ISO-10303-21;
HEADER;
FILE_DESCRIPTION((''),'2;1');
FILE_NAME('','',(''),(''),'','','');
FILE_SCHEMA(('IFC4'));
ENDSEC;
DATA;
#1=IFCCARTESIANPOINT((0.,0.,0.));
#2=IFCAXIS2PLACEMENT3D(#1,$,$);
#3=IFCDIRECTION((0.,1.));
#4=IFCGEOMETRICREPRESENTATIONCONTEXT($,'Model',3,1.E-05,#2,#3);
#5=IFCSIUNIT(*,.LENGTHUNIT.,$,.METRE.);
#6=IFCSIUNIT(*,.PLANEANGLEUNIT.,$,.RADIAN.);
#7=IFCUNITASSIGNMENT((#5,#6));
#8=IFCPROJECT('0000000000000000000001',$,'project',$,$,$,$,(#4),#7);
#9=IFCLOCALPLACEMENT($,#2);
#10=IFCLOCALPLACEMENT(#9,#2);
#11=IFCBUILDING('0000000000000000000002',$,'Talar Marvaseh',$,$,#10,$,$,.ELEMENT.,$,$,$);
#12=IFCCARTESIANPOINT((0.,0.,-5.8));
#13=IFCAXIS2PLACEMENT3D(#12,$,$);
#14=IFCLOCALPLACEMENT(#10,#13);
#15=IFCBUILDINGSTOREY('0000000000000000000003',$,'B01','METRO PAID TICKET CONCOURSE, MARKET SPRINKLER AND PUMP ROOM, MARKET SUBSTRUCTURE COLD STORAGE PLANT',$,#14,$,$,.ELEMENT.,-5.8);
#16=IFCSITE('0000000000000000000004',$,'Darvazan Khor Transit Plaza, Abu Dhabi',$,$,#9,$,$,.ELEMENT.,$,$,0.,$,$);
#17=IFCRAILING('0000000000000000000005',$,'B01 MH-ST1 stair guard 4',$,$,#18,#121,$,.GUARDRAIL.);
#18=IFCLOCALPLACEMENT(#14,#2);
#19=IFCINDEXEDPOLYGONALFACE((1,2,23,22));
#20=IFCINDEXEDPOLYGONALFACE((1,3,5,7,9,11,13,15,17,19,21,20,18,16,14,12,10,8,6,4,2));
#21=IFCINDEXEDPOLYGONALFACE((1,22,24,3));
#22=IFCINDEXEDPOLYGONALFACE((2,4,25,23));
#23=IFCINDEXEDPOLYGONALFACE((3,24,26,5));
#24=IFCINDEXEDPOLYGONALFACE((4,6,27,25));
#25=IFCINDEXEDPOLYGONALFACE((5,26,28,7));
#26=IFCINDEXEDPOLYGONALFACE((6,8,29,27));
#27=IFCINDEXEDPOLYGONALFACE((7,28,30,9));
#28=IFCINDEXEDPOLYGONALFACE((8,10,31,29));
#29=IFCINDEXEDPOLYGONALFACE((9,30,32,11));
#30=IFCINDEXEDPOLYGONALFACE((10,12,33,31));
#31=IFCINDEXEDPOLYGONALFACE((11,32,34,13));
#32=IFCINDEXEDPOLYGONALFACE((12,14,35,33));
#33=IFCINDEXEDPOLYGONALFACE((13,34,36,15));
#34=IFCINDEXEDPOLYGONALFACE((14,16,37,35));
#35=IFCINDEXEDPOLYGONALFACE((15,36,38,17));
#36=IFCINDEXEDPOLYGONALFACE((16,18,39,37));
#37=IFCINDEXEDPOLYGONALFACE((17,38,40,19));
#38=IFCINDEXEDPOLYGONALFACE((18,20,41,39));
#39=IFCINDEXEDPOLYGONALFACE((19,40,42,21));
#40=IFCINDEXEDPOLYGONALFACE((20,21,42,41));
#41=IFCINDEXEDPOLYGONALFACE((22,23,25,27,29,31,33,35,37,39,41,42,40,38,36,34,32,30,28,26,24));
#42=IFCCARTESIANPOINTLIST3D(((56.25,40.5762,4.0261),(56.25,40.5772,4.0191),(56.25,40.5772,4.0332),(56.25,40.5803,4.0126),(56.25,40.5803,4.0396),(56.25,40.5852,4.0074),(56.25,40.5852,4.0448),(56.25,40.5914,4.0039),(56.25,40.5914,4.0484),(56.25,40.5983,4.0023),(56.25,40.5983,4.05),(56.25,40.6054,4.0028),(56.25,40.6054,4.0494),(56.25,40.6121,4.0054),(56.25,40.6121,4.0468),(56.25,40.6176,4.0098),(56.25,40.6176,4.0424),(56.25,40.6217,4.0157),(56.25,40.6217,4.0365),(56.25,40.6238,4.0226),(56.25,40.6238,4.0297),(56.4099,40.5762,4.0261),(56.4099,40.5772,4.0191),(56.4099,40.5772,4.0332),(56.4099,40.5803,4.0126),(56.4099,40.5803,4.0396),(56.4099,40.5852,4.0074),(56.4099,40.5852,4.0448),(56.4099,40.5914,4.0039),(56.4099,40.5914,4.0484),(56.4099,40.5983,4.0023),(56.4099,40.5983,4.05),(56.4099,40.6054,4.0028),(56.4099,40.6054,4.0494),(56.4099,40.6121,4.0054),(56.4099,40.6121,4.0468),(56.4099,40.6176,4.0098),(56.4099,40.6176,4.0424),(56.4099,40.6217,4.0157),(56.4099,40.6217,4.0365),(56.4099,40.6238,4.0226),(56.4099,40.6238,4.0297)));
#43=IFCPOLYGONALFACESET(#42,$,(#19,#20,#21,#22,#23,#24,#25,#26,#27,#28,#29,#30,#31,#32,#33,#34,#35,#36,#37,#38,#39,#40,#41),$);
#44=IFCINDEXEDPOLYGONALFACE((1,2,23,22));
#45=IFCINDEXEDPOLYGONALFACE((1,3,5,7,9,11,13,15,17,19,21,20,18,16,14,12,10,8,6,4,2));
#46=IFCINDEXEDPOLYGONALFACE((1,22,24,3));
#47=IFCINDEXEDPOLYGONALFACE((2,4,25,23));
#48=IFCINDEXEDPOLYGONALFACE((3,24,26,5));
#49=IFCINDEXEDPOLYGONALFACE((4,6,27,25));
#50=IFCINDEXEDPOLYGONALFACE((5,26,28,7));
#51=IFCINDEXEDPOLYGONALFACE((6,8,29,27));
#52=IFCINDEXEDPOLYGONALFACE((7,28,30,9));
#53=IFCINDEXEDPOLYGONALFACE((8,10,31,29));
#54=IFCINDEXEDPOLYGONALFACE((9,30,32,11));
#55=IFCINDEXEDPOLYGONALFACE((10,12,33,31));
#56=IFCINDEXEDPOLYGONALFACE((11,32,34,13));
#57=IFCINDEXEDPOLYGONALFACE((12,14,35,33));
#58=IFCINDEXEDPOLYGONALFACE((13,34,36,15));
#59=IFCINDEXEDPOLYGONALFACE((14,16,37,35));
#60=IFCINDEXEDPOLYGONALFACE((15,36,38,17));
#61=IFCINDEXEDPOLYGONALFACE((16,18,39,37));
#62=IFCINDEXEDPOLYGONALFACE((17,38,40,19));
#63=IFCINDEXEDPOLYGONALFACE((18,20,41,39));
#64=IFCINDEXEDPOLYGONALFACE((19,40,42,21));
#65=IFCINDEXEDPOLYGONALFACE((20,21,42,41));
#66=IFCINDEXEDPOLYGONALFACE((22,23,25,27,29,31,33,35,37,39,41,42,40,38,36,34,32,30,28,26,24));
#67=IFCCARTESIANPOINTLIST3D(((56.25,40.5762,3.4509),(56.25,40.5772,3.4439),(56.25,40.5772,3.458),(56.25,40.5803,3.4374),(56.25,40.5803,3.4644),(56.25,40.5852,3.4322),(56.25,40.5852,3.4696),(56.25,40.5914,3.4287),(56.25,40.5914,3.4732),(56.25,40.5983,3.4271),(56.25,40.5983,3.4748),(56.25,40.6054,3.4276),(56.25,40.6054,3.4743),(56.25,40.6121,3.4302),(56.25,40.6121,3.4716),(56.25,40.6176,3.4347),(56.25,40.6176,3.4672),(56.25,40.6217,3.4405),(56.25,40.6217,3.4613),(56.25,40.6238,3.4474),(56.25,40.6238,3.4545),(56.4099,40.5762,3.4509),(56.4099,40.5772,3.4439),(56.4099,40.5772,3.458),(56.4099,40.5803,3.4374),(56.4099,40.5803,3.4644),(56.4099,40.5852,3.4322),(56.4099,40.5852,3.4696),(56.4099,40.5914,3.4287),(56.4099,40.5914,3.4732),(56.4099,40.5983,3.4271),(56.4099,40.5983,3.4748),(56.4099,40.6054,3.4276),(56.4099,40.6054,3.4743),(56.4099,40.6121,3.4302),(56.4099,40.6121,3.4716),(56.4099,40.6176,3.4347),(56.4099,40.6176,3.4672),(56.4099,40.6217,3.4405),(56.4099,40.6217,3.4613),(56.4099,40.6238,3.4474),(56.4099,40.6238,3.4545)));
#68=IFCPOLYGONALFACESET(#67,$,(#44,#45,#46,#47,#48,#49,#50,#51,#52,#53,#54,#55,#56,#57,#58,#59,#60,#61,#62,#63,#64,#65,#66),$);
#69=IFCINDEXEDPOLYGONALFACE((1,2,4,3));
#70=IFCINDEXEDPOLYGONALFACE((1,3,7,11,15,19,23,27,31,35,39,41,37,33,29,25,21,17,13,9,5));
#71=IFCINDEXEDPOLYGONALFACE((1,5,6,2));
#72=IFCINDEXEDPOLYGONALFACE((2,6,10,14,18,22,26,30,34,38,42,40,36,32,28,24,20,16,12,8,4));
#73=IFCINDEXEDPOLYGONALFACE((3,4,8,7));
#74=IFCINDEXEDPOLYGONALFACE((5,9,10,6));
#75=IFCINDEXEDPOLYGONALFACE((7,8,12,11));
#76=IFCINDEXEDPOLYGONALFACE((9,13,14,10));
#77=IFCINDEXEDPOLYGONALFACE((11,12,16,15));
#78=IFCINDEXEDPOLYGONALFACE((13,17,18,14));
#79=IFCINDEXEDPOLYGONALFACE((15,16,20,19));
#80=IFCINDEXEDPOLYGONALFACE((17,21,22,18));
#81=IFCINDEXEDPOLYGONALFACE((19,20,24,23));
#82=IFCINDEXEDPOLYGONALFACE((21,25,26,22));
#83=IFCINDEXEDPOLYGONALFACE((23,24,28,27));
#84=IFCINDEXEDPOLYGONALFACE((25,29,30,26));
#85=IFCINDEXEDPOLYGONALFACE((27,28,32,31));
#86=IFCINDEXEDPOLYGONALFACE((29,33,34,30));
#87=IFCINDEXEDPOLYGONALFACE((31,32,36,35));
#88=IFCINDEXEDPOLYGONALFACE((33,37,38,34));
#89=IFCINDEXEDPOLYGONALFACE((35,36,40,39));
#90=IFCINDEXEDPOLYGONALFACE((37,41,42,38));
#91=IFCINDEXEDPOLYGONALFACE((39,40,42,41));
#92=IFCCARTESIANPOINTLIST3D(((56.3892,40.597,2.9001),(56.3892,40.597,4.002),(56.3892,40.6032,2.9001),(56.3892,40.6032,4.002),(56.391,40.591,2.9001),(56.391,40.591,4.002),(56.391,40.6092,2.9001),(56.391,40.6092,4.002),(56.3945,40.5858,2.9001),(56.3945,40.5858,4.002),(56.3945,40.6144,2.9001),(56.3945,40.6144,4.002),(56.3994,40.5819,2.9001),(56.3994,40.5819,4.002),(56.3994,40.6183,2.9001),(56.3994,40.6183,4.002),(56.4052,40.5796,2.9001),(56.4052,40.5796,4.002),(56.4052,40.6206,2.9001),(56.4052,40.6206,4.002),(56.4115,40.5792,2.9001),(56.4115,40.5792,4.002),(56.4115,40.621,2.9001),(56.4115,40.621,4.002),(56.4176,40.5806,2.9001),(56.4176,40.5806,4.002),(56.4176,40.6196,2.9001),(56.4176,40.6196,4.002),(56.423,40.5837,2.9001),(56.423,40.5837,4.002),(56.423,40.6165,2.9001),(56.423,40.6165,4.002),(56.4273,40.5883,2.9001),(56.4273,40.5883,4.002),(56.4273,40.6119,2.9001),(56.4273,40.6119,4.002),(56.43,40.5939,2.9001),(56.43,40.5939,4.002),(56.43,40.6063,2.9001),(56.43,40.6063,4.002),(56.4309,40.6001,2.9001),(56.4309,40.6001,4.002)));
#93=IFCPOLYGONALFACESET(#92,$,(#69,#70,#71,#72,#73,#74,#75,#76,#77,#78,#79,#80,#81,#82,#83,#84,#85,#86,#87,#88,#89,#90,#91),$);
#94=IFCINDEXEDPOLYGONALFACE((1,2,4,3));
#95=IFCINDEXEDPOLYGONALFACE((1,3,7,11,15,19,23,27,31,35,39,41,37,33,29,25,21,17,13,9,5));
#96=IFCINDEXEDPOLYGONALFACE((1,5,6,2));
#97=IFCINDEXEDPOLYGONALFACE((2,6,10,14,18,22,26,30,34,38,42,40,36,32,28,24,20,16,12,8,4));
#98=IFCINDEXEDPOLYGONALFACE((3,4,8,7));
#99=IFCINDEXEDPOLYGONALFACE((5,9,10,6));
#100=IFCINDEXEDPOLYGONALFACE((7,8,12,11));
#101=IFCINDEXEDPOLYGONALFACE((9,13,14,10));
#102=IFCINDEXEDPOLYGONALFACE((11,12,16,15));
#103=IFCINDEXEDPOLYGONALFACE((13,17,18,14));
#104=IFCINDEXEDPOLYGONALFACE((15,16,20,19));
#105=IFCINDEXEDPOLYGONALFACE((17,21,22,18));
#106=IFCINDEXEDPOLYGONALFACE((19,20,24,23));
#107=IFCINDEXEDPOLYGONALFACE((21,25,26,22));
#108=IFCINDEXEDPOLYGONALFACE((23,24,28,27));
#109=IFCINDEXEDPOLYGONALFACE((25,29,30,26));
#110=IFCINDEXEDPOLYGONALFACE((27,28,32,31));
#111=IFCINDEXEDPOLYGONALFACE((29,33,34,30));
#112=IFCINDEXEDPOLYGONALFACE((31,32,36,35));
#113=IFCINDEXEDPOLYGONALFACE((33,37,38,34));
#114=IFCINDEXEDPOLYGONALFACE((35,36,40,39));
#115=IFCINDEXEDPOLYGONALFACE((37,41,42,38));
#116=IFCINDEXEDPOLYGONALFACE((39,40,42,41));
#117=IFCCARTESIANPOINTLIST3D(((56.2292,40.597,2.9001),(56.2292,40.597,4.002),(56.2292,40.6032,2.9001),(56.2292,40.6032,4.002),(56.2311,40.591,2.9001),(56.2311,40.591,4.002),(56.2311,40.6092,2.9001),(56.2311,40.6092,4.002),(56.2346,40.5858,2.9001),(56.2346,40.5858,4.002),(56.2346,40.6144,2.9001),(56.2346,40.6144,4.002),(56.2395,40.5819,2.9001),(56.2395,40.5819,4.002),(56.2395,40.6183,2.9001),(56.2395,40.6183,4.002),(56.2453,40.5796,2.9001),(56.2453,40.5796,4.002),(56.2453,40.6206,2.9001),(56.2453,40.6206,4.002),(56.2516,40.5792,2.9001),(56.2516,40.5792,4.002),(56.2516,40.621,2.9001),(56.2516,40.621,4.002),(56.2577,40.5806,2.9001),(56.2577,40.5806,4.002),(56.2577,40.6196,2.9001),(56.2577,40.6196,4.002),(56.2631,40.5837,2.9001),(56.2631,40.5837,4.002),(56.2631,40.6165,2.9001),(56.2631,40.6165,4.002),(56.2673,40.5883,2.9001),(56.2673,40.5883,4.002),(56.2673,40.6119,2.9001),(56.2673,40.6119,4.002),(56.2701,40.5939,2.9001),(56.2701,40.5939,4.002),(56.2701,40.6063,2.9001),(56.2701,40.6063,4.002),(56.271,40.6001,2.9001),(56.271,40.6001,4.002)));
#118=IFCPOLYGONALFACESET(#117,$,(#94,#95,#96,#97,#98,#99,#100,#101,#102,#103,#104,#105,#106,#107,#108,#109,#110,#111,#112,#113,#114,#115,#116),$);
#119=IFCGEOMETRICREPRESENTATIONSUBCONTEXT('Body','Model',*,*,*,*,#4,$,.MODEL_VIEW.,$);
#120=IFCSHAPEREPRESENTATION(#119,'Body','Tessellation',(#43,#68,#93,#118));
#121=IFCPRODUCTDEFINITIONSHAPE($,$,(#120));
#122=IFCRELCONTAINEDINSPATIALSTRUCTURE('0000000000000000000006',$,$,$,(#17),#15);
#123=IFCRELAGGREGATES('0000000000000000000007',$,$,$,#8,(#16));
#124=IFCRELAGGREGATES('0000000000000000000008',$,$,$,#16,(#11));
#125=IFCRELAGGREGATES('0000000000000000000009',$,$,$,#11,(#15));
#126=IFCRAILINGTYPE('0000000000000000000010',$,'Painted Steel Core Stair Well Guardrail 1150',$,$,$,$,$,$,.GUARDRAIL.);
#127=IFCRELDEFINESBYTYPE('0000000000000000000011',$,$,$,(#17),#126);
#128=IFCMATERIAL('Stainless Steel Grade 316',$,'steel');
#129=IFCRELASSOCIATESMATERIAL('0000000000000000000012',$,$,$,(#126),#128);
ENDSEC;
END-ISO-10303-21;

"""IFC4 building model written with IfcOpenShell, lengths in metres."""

from ifc_helpers import new_model, si_unit, direction, frame, origin, origin_2d, place, context, subcontext, project, spatial, circle, extrude, material, type_object, element, save


model = new_model("IFC4")

# Units and contexts
model_context = context("Model", 3, precision=1e-05, world=origin(), true_north=direction((0.0, 1.0)))
body_context = subcontext(model_context, "Body", "Model", "MODEL_VIEW")
ifc_project = project(units=[si_unit("LENGTHUNIT", "METRE"), si_unit("PLANEANGLEUNIT", "RADIAN")], contexts=[model_context])

# Site, building, storey
site_placement = place(None, origin())
site = spatial("IfcSite", under=ifc_project, at=site_placement, Name="Darvazan Khor Transit Plaza, Abu Dhabi", CompositionType="ELEMENT", RefElevation=0.0)
building_placement = place(site_placement, origin())
building = spatial("IfcBuilding", under=site, at=building_placement, Name="Talar Marvaseh", CompositionType="ELEMENT")
storey_placement = place(building_placement, frame((0.0, 0.0, -5.8)))
storey = spatial("IfcBuildingStorey", under=building, at=storey_placement, Name="B01", Description="METRO PAID TICKET CONCOURSE, MARKET SPRINKLER AND PUMP ROOM, MARKET SUBSTRUCTURE COLD STORAGE PLANT", CompositionType="ELEMENT", Elevation=-5.8)

# Railing
ifc_material_1 = material(Name="Stainless Steel Grade 316", Category="steel")
railing_type_1 = type_object("IfcRailingType", Name="Painted Steel Core Stair Well Guardrail 1150", PredefinedType="GUARDRAIL", material=ifc_material_1)
railing_1_placement = place(storey_placement, frame((56.4099, 40.6001, 2.9001)))
element("IfcRailing", 1, at=railing_1_placement, inside=storey, type_object=railing_type_1, Name="B01 MH-ST1 stair guard 4", PredefinedType="GUARDRAIL", context=body_context, shape_type="SweptSolid", body=[
    extrude(circle(Radius=0.0239, at=origin_2d()), frame((0.0, 0.0, 1.126), z_axis=(-1.0, 0.0, 0.0), x_axis=(0.0, -1.0, 0.0)), (0.0, 0.0, 1.0), 0.1599),
    extrude(circle(Radius=0.0239, at=origin_2d()), frame((0.0, 0.0, 0.5508), z_axis=(-1.0, 0.0, 0.0), x_axis=(0.0, -1.0, 0.0)), (0.0, 0.0, 1.0), 0.1599),
    extrude(circle(Radius=0.021, at=origin_2d()), origin(), (0.0, 0.0, 1.0), 1.1018),
    extrude(circle(Radius=0.021, at=origin_2d()), frame((-0.1599, 0.0, 0.0)), (0.0, 0.0, 1.0), 1.1018),
])

save(model, "model.ifc")
